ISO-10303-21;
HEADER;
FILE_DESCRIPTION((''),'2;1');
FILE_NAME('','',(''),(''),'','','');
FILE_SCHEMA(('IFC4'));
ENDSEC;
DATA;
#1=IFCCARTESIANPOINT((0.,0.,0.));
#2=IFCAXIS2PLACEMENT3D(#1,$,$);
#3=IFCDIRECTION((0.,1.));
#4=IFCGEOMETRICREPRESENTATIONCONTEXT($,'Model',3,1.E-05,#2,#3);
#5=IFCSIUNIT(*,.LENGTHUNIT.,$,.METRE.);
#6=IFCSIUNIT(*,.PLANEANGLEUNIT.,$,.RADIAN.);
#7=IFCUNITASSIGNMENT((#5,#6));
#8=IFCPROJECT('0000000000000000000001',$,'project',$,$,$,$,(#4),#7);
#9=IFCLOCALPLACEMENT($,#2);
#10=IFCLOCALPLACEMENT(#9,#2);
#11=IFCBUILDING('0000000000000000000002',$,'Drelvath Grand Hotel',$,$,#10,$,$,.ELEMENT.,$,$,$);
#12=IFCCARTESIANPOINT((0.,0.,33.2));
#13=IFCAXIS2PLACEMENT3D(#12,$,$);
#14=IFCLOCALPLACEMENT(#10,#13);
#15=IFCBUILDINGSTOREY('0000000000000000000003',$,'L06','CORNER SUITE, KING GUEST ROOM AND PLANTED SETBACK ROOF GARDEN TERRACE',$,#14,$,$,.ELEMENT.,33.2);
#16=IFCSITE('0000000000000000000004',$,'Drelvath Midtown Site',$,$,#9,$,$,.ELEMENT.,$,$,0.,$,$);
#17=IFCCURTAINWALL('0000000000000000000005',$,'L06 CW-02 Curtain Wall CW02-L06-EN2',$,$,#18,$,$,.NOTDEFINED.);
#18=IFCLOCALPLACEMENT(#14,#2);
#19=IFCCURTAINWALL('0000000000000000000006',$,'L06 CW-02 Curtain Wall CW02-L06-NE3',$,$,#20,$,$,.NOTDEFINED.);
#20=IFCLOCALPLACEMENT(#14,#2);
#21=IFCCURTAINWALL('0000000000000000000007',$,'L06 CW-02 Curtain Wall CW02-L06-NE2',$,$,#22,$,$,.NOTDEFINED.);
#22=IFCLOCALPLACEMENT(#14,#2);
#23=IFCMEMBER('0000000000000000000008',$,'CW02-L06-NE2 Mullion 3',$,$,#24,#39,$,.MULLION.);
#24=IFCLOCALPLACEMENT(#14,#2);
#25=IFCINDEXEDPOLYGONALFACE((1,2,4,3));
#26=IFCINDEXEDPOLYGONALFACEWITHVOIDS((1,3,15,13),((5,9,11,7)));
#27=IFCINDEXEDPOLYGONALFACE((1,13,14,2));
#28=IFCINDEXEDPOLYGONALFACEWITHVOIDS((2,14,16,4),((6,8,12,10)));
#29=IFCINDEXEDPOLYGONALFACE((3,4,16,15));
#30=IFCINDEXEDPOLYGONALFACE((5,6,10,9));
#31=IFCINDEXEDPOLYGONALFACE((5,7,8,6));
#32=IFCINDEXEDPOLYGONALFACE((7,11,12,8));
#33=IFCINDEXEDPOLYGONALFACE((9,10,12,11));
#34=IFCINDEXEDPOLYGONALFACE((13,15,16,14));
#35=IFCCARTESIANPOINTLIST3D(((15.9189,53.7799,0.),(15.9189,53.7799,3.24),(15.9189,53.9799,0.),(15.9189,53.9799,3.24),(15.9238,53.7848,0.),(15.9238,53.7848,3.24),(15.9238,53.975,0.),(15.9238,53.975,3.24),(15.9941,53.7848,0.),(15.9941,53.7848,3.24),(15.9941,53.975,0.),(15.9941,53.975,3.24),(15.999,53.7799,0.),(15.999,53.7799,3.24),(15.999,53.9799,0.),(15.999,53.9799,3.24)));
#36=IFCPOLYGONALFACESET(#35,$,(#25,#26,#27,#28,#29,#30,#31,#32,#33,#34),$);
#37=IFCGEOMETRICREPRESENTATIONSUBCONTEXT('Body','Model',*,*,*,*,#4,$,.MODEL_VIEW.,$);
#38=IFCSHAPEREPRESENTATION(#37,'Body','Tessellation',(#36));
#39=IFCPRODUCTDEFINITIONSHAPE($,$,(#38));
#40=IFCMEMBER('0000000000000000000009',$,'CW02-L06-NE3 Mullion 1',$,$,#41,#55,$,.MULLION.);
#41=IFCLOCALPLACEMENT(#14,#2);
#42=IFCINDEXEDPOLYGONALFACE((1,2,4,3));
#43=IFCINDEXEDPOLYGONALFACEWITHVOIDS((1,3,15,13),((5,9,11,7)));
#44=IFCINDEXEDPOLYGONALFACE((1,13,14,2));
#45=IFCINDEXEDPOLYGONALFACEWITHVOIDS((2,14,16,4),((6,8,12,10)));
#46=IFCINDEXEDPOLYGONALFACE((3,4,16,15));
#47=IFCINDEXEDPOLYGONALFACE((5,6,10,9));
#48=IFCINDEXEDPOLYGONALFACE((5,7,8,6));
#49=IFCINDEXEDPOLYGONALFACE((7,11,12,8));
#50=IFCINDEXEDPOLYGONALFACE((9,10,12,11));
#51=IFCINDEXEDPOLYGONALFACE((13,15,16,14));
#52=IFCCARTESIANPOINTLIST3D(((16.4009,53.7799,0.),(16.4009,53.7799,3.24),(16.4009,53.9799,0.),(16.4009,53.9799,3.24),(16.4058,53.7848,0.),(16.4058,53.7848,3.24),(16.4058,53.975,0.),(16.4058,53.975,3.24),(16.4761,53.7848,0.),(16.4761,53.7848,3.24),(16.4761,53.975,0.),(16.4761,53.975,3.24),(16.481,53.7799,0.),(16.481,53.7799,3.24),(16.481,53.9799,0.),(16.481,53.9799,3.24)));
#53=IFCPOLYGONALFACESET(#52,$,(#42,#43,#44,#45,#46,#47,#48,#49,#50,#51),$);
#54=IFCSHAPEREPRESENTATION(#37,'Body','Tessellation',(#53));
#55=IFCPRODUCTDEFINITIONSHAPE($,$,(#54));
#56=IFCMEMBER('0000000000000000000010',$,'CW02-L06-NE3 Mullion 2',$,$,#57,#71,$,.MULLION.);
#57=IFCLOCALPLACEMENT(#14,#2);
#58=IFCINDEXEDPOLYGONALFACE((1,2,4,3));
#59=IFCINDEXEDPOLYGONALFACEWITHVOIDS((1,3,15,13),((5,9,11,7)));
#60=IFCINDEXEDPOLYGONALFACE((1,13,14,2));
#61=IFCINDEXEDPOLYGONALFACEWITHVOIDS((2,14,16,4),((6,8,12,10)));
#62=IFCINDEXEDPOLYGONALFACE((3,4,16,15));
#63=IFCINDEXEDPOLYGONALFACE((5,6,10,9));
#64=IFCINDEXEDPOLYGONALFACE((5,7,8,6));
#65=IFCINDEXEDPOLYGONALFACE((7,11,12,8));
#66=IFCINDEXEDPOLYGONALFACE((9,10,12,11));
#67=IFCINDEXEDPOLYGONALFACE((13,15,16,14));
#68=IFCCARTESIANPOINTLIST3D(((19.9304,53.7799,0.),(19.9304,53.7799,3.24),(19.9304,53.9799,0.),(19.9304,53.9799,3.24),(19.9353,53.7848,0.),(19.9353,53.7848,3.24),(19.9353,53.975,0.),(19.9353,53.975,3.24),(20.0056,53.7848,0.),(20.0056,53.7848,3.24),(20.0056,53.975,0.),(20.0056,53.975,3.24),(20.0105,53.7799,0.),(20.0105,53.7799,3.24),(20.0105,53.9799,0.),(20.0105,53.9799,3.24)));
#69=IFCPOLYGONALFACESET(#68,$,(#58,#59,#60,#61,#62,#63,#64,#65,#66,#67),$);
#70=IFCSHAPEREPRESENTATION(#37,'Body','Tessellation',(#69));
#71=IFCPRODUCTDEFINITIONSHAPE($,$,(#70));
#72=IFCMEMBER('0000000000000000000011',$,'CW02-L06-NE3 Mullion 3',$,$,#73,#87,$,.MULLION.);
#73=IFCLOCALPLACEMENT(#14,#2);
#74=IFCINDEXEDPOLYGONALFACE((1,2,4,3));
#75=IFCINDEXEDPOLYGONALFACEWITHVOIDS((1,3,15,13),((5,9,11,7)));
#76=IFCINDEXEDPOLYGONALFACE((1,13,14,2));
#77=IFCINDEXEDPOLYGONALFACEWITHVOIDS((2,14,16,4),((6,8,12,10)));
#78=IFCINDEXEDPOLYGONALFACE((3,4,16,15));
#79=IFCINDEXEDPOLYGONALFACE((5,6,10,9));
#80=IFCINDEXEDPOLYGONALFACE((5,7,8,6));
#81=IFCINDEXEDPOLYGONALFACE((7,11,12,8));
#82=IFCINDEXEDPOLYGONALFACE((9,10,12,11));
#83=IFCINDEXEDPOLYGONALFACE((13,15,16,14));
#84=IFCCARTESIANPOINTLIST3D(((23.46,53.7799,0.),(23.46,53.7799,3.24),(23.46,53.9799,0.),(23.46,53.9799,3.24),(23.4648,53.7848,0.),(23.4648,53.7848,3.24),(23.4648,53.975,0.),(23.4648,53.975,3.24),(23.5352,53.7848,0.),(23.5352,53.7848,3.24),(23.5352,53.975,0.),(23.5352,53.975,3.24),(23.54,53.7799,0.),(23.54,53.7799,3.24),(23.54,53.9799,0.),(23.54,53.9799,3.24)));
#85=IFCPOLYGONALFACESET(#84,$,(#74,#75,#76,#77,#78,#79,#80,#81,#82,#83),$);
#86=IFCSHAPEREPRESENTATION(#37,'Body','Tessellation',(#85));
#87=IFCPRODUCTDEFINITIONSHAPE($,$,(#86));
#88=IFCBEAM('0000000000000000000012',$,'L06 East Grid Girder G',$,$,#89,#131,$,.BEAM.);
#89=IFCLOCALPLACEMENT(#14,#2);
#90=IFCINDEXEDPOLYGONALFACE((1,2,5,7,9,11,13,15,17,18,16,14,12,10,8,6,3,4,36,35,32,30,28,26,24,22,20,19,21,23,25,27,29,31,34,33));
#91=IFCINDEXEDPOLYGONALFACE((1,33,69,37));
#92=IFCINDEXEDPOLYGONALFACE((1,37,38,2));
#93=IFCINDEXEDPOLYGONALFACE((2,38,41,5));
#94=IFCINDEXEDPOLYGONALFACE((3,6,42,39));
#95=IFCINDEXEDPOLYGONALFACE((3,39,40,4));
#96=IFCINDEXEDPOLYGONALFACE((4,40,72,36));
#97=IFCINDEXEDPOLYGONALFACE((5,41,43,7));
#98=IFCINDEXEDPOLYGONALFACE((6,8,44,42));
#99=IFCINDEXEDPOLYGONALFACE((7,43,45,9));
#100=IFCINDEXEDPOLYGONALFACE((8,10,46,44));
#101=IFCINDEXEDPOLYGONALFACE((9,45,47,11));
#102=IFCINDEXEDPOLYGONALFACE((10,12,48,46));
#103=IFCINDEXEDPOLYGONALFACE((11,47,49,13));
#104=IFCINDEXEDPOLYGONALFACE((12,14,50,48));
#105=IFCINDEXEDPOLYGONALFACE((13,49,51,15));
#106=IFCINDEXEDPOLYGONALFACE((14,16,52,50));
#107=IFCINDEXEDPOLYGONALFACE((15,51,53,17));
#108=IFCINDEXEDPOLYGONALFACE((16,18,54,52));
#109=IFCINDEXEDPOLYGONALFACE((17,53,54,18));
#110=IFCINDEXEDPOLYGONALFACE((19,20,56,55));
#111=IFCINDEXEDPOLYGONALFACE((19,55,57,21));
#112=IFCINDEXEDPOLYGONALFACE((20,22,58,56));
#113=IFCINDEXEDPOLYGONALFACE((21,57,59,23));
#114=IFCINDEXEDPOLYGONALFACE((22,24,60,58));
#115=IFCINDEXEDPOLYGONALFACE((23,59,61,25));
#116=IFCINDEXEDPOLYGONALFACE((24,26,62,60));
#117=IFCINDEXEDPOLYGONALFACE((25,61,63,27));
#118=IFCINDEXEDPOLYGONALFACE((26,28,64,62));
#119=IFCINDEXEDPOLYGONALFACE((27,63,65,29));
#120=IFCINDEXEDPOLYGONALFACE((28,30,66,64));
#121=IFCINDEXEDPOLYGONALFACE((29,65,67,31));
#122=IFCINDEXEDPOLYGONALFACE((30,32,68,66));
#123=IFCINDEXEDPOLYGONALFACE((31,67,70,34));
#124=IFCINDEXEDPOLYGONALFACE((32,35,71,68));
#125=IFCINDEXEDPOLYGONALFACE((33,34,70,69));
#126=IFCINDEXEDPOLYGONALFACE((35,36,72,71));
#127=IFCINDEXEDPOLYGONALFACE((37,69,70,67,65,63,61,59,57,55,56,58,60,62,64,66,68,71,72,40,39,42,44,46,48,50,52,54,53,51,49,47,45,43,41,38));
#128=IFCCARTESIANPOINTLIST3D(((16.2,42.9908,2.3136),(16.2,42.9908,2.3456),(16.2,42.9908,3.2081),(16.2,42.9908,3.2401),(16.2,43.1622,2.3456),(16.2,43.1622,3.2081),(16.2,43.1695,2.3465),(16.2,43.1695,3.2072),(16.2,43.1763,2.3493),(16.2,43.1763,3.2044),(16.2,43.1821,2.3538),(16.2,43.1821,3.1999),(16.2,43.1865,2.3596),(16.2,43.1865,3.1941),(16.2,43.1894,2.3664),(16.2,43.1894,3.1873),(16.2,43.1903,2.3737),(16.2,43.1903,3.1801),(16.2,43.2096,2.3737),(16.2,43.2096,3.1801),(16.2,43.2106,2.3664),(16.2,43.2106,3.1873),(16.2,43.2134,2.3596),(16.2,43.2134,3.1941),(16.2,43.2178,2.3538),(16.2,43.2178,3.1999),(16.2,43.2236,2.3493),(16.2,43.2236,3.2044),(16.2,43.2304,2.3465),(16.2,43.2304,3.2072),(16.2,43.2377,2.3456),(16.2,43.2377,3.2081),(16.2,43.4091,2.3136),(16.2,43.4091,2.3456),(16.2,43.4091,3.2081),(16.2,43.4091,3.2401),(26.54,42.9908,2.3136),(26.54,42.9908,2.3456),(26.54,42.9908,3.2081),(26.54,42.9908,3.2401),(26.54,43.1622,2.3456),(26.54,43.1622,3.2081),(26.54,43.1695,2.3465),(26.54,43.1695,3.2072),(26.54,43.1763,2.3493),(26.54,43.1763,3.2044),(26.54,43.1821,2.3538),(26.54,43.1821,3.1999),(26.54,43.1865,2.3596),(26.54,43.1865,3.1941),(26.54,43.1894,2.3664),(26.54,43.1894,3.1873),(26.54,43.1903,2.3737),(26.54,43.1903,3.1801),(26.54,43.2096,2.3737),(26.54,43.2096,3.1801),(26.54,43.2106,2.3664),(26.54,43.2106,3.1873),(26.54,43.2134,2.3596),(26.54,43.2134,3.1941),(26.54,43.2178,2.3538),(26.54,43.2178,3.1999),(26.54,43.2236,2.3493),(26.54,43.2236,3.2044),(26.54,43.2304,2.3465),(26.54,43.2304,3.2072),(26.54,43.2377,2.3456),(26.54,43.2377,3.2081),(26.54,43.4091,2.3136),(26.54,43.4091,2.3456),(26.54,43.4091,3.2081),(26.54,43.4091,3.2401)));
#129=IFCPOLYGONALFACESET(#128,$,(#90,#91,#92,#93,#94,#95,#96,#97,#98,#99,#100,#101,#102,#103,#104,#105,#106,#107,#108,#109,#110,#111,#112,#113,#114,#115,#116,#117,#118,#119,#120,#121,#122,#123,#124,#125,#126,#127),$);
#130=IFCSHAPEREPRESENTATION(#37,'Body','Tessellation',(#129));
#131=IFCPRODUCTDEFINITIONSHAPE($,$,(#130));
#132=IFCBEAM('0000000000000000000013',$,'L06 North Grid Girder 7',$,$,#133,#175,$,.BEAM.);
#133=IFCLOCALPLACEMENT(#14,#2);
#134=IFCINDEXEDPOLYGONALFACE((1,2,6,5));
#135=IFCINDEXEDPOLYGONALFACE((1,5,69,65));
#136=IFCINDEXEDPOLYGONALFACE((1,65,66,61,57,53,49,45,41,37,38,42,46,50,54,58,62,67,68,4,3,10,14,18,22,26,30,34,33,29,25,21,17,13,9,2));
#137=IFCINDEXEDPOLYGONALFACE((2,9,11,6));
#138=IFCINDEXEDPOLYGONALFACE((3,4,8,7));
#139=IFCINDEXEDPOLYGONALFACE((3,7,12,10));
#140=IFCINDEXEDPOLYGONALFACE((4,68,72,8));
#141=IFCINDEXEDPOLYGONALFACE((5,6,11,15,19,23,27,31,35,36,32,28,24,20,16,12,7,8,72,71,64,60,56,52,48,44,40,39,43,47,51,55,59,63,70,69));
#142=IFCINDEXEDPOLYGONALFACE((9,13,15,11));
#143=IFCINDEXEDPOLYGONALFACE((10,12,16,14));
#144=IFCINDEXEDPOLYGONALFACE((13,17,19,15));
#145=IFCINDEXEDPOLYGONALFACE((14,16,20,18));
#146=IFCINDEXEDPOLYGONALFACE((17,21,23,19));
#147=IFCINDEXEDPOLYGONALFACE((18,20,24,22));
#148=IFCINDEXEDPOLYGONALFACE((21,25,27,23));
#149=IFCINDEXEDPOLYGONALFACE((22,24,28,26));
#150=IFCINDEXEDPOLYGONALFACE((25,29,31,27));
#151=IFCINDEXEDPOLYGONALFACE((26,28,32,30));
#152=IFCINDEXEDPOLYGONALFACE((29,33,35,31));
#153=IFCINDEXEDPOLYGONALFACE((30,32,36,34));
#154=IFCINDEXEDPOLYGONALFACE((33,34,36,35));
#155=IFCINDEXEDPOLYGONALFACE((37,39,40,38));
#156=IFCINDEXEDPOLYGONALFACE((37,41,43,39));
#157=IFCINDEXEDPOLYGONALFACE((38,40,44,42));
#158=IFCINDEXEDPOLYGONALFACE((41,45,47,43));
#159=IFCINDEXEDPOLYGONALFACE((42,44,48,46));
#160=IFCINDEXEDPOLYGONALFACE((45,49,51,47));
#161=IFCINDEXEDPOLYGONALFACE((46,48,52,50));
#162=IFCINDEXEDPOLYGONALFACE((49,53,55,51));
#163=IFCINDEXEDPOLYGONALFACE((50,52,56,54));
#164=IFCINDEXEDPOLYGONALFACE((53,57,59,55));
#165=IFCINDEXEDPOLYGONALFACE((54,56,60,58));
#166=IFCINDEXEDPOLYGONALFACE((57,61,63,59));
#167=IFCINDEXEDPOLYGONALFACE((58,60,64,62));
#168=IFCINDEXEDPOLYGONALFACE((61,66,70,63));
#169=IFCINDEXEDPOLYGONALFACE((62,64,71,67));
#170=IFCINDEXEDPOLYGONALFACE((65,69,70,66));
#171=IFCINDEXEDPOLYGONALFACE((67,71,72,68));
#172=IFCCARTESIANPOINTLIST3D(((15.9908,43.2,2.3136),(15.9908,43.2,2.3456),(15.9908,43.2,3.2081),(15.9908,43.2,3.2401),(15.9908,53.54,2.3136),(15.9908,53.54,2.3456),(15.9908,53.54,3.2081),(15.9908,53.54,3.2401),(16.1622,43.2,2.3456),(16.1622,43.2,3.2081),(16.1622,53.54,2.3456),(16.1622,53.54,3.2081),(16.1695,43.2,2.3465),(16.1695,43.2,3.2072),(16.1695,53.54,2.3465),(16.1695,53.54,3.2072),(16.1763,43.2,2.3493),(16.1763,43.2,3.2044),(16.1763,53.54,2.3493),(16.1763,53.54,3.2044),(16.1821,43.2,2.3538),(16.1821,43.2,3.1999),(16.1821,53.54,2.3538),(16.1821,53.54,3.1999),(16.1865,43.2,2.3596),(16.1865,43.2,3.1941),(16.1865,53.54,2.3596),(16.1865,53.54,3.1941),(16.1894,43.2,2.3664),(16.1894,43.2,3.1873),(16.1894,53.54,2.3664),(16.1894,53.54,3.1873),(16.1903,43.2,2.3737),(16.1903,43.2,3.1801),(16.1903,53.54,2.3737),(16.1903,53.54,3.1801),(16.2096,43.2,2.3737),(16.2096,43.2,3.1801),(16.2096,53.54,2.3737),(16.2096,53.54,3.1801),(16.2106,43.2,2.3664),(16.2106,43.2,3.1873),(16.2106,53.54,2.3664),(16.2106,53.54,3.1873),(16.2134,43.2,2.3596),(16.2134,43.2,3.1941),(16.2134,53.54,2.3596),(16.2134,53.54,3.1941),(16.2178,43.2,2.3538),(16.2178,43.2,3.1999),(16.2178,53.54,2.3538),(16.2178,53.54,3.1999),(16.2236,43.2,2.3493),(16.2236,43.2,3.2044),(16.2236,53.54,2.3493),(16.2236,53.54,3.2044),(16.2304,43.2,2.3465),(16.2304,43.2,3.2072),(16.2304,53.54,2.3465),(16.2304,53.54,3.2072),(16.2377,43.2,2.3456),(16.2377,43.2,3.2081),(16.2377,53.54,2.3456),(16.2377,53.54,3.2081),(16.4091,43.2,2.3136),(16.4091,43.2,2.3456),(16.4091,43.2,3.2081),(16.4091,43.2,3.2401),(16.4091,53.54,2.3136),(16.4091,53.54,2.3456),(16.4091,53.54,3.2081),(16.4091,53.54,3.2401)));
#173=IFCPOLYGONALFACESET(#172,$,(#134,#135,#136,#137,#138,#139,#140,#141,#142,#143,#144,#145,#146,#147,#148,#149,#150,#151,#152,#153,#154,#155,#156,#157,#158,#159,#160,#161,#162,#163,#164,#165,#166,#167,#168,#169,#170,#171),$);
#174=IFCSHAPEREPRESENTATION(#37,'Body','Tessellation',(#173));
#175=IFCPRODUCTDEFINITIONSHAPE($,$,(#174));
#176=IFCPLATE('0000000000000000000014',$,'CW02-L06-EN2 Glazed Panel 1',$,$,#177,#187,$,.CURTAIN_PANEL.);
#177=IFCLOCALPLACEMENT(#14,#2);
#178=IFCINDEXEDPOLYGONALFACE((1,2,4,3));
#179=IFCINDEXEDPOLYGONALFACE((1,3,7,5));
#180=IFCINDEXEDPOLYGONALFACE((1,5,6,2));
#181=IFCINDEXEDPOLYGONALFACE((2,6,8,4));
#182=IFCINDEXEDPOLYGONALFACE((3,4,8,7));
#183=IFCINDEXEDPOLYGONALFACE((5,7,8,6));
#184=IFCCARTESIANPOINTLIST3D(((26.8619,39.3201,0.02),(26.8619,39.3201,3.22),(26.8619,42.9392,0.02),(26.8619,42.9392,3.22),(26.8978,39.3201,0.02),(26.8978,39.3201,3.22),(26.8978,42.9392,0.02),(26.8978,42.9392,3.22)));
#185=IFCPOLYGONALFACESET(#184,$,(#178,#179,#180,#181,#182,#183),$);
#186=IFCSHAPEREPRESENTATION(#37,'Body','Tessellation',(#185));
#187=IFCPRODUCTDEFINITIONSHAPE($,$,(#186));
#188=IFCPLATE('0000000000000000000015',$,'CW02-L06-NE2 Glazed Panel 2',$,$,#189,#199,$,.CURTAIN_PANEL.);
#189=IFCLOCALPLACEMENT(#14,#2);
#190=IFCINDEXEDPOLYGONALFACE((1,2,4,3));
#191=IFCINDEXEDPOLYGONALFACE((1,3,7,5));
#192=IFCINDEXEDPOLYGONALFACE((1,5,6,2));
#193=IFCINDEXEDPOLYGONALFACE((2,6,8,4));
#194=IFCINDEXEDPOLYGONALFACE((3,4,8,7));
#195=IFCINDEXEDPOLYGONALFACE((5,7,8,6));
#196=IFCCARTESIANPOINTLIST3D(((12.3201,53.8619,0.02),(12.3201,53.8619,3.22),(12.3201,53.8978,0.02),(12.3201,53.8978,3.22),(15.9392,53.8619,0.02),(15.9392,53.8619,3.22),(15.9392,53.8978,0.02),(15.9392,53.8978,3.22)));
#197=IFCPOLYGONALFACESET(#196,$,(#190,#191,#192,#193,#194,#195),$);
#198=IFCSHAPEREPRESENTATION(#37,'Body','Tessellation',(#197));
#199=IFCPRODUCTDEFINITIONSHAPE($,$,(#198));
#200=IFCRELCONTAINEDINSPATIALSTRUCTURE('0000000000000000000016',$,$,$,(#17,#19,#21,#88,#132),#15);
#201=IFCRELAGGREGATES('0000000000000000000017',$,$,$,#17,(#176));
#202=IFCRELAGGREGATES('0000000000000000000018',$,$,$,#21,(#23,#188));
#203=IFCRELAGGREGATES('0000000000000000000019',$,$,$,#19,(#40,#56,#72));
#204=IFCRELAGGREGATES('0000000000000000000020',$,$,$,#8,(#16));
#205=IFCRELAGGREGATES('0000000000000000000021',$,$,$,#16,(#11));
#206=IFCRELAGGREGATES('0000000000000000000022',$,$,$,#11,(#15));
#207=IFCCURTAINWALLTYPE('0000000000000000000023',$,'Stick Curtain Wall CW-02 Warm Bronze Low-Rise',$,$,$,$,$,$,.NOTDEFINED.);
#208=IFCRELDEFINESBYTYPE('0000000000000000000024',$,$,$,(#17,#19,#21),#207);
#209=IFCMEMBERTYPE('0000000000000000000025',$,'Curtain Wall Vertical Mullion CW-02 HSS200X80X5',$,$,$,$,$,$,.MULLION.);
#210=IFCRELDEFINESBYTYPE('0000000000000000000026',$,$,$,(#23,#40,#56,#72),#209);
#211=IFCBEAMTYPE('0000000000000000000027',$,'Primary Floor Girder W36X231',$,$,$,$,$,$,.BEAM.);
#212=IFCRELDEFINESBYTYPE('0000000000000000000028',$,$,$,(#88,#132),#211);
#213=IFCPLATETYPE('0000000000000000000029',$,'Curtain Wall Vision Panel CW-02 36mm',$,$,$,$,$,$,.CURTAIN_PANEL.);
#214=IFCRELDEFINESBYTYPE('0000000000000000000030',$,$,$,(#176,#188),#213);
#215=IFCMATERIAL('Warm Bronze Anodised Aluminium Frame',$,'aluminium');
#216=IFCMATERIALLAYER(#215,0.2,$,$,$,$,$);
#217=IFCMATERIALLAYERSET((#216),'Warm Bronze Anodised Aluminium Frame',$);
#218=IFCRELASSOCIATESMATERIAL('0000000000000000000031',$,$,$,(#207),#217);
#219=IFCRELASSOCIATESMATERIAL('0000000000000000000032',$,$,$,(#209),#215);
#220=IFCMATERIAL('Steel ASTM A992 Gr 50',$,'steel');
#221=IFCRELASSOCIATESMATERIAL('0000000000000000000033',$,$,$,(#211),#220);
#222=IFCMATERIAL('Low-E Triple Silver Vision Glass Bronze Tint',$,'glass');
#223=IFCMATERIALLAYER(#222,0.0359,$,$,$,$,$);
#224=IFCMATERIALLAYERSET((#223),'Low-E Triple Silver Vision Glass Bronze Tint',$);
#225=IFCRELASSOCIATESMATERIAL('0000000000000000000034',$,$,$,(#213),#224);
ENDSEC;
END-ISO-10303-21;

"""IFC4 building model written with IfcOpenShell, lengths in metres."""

from ifc_helpers import new_model, si_unit, direction, frame, origin, origin_2d, place, context, subcontext, project, spatial, rectangle, hollow_rectangle, i_section, extrude, material, layer, layer_set, material_profile, profile_set, type_object, element, aggregate, save


model = new_model("IFC4")

# Units and contexts
model_context = context("Model", 3, precision=1e-05, world=origin(), true_north=direction((0.0, 1.0)))
body_context = subcontext(model_context, "Body", "Model", "MODEL_VIEW")
ifc_project = project(units=[si_unit("LENGTHUNIT", "METRE"), si_unit("PLANEANGLEUNIT", "RADIAN")], contexts=[model_context])

# Site, building, storey
site_placement = place(None, origin())
site = spatial("IfcSite", under=ifc_project, at=site_placement, Name="Drelvath Midtown Site", CompositionType="ELEMENT", RefElevation=0.0)
building_placement = place(site_placement, origin())
building = spatial("IfcBuilding", under=site, at=building_placement, Name="Drelvath Grand Hotel", CompositionType="ELEMENT")
storey_placement = place(building_placement, frame((0.0, 0.0, 33.2)))
storey = spatial("IfcBuildingStorey", under=building, at=storey_placement, Name="L06", Description="CORNER SUITE, KING GUEST ROOM AND PLANTED SETBACK ROOF GARDEN TERRACE", CompositionType="ELEMENT", Elevation=33.2)

# Curtain walls
ifc_material_1 = material(Name="Warm Bronze Anodised Aluminium Frame", Category="aluminium")
ifc_layer_1 = layer(ifc_material_1, 0.2)
ifc_layer_set_1 = layer_set([ifc_layer_1], Name="Warm Bronze Anodised Aluminium Frame")
curtain_wall_type = type_object("IfcCurtainWallType", Name="Stick Curtain Wall CW-02 Warm Bronze Low-Rise", PredefinedType="NOTDEFINED", material=ifc_layer_set_1)
curtain_wall_1_placement = place(storey_placement, origin())
curtain_wall_1 = element("IfcCurtainWall", 1, at=curtain_wall_1_placement, inside=storey, type_object=curtain_wall_type, Name="L06 CW-02 Curtain Wall CW02-L06-EN2", PredefinedType="NOTDEFINED")
curtain_wall_2_placement = place(storey_placement, origin())
curtain_wall_2 = element("IfcCurtainWall", 2, at=curtain_wall_2_placement, inside=storey, type_object=curtain_wall_type, Name="L06 CW-02 Curtain Wall CW02-L06-NE3", PredefinedType="NOTDEFINED")

# Shared definitions
ifc_material_profile_1 = material_profile(ifc_material_1, hollow_rectangle(XDim=0.0801, YDim=0.2, WallThickness=0.0049, at=origin_2d()), Name="HSS200X80X5")
ifc_profile_set_1 = profile_set([ifc_material_profile_1], Name="Warm Bronze Anodised Aluminium Frame")
member_type_1 = type_object("IfcMemberType", Name="Curtain Wall Vertical Mullion CW-02 HSS200X80X5", PredefinedType="MULLION", material=ifc_profile_set_1)

# Curtain wall, member
curtain_wall_3_placement = place(storey_placement, origin())
curtain_wall_3 = element("IfcCurtainWall", 3, at=curtain_wall_3_placement, inside=storey, type_object=curtain_wall_type, Name="L06 CW-02 Curtain Wall CW02-L06-NE2", PredefinedType="NOTDEFINED")
member_1_placement = place(storey_placement, frame((15.959, 53.8799, 0.0), z_axis=(0.0, 0.0, 1.0), x_axis=(1.0, 0.0, 0.0)))
member_1 = element("IfcMember", 4, at=member_1_placement, type_object=member_type_1, Name="CW02-L06-NE2 Mullion 3", PredefinedType="MULLION", context=body_context, shape_type="SweptSolid", body=[
    extrude(hollow_rectangle(XDim=0.0801, YDim=0.2, WallThickness=0.0049, at=origin_2d()), origin(), (0.0, 0.0, 1.0), 3.24),
])

# Members
member_2_placement = place(storey_placement, frame((16.4409, 53.8799, 0.0), z_axis=(0.0, 0.0, 1.0), x_axis=(1.0, 0.0, 0.0)))
member_2 = element("IfcMember", 5, at=member_2_placement, type_object=member_type_1, Name="CW02-L06-NE3 Mullion 1", PredefinedType="MULLION", context=body_context, shape_type="SweptSolid", body=[
    extrude(hollow_rectangle(XDim=0.0801, YDim=0.2, WallThickness=0.0049, at=origin_2d()), origin(), (0.0, 0.0, 1.0), 3.24),
])
member_3_placement = place(storey_placement, frame((19.9705, 53.8799, 0.0), z_axis=(0.0, 0.0, 1.0), x_axis=(1.0, 0.0, 0.0)))
member_3 = element("IfcMember", 6, at=member_3_placement, type_object=member_type_1, Name="CW02-L06-NE3 Mullion 2", PredefinedType="MULLION", context=body_context, shape_type="SweptSolid", body=[
    extrude(hollow_rectangle(XDim=0.0801, YDim=0.2, WallThickness=0.0049, at=origin_2d()), origin(), (0.0, 0.0, 1.0), 3.24),
])
member_4_placement = place(storey_placement, frame((23.5, 53.8799, 0.0), z_axis=(0.0, 0.0, 1.0), x_axis=(1.0, 0.0, 0.0)))
member_4 = element("IfcMember", 7, at=member_4_placement, type_object=member_type_1, Name="CW02-L06-NE3 Mullion 3", PredefinedType="MULLION", context=body_context, shape_type="SweptSolid", body=[
    extrude(hollow_rectangle(XDim=0.0801, YDim=0.2, WallThickness=0.0049, at=origin_2d()), origin(), (0.0, 0.0, 1.0), 3.24),
])

# Beams
ifc_material_2 = material(Name="Steel ASTM A992 Gr 50", Category="steel")
ifc_material_profile_2 = material_profile(ifc_material_2, i_section(OverallWidth=0.4182, OverallDepth=0.9265, WebThickness=0.0193, FlangeThickness=0.032, FilletRadius=0.0281, at=origin_2d()), Name="W36X231")
ifc_profile_set_2 = profile_set([ifc_material_profile_2], Name="Steel ASTM A992 Gr 50")
beam_type = type_object("IfcBeamType", Name="Primary Floor Girder W36X231", PredefinedType="BEAM", material=ifc_profile_set_2)
for number, where, z_axis, x_axis, name in (
    (8, (16.2, 43.2, 2.7769), (1.0, 0.0, 0.0), (0.0, 1.0, 0.0), "L06 East Grid Girder G"),
    (9, (16.2, 43.2, 2.7769), (0.0, 1.0, 0.0), (-1.0, 0.0, 0.0), "L06 North Grid Girder 7"),
):
    element("IfcBeam", number, at=place(storey_placement, frame(where, z_axis=z_axis, x_axis=x_axis)), inside=storey, type_object=beam_type, Name=name, PredefinedType="BEAM", context=body_context, shape_type="SweptSolid", body=[
        extrude(i_section(OverallWidth=0.4182, OverallDepth=0.9265, WebThickness=0.0193, FlangeThickness=0.032, FilletRadius=0.0281, at=origin_2d()), origin(), (0.0, 0.0, 1.0), 10.3401),
    ])

# Plates
ifc_material_3 = material(Name="Low-E Triple Silver Vision Glass Bronze Tint", Category="glass")
ifc_layer_2 = layer(ifc_material_3, 0.0359)
ifc_layer_set_2 = layer_set([ifc_layer_2], Name="Low-E Triple Silver Vision Glass Bronze Tint")
plate_type = type_object("IfcPlateType", Name="Curtain Wall Vision Panel CW-02 36mm", PredefinedType="CURTAIN_PANEL", material=ifc_layer_set_2)
plate_1_placement = place(storey_placement, frame((26.8799, 41.1296, 0.02), z_axis=(0.0, 0.0, 1.0), x_axis=(0.0, -1.0, 0.0)))
plate_1 = element("IfcPlate", 10, at=plate_1_placement, type_object=plate_type, Name="CW02-L06-EN2 Glazed Panel 1", PredefinedType="CURTAIN_PANEL", context=body_context, shape_type="SweptSolid", body=[
    extrude(rectangle(XDim=3.6191, YDim=0.0359, at=origin_2d()), origin(), (0.0, 0.0, 1.0), 3.2),
])
aggregate(curtain_wall_1, [plate_1])
plate_2_placement = place(storey_placement, frame((14.1296, 53.8799, 0.02), z_axis=(0.0, 0.0, 1.0), x_axis=(1.0, 0.0, 0.0)))
plate_2 = element("IfcPlate", 11, at=plate_2_placement, type_object=plate_type, Name="CW02-L06-NE2 Glazed Panel 2", PredefinedType="CURTAIN_PANEL", context=body_context, shape_type="SweptSolid", body=[
    extrude(rectangle(XDim=3.6191, YDim=0.0359, at=origin_2d()), origin(), (0.0, 0.0, 1.0), 3.2),
])
aggregate(curtain_wall_3, [member_1, plate_2])
aggregate(curtain_wall_2, [member_2, member_3, member_4])

save(model, "model.ifc")
